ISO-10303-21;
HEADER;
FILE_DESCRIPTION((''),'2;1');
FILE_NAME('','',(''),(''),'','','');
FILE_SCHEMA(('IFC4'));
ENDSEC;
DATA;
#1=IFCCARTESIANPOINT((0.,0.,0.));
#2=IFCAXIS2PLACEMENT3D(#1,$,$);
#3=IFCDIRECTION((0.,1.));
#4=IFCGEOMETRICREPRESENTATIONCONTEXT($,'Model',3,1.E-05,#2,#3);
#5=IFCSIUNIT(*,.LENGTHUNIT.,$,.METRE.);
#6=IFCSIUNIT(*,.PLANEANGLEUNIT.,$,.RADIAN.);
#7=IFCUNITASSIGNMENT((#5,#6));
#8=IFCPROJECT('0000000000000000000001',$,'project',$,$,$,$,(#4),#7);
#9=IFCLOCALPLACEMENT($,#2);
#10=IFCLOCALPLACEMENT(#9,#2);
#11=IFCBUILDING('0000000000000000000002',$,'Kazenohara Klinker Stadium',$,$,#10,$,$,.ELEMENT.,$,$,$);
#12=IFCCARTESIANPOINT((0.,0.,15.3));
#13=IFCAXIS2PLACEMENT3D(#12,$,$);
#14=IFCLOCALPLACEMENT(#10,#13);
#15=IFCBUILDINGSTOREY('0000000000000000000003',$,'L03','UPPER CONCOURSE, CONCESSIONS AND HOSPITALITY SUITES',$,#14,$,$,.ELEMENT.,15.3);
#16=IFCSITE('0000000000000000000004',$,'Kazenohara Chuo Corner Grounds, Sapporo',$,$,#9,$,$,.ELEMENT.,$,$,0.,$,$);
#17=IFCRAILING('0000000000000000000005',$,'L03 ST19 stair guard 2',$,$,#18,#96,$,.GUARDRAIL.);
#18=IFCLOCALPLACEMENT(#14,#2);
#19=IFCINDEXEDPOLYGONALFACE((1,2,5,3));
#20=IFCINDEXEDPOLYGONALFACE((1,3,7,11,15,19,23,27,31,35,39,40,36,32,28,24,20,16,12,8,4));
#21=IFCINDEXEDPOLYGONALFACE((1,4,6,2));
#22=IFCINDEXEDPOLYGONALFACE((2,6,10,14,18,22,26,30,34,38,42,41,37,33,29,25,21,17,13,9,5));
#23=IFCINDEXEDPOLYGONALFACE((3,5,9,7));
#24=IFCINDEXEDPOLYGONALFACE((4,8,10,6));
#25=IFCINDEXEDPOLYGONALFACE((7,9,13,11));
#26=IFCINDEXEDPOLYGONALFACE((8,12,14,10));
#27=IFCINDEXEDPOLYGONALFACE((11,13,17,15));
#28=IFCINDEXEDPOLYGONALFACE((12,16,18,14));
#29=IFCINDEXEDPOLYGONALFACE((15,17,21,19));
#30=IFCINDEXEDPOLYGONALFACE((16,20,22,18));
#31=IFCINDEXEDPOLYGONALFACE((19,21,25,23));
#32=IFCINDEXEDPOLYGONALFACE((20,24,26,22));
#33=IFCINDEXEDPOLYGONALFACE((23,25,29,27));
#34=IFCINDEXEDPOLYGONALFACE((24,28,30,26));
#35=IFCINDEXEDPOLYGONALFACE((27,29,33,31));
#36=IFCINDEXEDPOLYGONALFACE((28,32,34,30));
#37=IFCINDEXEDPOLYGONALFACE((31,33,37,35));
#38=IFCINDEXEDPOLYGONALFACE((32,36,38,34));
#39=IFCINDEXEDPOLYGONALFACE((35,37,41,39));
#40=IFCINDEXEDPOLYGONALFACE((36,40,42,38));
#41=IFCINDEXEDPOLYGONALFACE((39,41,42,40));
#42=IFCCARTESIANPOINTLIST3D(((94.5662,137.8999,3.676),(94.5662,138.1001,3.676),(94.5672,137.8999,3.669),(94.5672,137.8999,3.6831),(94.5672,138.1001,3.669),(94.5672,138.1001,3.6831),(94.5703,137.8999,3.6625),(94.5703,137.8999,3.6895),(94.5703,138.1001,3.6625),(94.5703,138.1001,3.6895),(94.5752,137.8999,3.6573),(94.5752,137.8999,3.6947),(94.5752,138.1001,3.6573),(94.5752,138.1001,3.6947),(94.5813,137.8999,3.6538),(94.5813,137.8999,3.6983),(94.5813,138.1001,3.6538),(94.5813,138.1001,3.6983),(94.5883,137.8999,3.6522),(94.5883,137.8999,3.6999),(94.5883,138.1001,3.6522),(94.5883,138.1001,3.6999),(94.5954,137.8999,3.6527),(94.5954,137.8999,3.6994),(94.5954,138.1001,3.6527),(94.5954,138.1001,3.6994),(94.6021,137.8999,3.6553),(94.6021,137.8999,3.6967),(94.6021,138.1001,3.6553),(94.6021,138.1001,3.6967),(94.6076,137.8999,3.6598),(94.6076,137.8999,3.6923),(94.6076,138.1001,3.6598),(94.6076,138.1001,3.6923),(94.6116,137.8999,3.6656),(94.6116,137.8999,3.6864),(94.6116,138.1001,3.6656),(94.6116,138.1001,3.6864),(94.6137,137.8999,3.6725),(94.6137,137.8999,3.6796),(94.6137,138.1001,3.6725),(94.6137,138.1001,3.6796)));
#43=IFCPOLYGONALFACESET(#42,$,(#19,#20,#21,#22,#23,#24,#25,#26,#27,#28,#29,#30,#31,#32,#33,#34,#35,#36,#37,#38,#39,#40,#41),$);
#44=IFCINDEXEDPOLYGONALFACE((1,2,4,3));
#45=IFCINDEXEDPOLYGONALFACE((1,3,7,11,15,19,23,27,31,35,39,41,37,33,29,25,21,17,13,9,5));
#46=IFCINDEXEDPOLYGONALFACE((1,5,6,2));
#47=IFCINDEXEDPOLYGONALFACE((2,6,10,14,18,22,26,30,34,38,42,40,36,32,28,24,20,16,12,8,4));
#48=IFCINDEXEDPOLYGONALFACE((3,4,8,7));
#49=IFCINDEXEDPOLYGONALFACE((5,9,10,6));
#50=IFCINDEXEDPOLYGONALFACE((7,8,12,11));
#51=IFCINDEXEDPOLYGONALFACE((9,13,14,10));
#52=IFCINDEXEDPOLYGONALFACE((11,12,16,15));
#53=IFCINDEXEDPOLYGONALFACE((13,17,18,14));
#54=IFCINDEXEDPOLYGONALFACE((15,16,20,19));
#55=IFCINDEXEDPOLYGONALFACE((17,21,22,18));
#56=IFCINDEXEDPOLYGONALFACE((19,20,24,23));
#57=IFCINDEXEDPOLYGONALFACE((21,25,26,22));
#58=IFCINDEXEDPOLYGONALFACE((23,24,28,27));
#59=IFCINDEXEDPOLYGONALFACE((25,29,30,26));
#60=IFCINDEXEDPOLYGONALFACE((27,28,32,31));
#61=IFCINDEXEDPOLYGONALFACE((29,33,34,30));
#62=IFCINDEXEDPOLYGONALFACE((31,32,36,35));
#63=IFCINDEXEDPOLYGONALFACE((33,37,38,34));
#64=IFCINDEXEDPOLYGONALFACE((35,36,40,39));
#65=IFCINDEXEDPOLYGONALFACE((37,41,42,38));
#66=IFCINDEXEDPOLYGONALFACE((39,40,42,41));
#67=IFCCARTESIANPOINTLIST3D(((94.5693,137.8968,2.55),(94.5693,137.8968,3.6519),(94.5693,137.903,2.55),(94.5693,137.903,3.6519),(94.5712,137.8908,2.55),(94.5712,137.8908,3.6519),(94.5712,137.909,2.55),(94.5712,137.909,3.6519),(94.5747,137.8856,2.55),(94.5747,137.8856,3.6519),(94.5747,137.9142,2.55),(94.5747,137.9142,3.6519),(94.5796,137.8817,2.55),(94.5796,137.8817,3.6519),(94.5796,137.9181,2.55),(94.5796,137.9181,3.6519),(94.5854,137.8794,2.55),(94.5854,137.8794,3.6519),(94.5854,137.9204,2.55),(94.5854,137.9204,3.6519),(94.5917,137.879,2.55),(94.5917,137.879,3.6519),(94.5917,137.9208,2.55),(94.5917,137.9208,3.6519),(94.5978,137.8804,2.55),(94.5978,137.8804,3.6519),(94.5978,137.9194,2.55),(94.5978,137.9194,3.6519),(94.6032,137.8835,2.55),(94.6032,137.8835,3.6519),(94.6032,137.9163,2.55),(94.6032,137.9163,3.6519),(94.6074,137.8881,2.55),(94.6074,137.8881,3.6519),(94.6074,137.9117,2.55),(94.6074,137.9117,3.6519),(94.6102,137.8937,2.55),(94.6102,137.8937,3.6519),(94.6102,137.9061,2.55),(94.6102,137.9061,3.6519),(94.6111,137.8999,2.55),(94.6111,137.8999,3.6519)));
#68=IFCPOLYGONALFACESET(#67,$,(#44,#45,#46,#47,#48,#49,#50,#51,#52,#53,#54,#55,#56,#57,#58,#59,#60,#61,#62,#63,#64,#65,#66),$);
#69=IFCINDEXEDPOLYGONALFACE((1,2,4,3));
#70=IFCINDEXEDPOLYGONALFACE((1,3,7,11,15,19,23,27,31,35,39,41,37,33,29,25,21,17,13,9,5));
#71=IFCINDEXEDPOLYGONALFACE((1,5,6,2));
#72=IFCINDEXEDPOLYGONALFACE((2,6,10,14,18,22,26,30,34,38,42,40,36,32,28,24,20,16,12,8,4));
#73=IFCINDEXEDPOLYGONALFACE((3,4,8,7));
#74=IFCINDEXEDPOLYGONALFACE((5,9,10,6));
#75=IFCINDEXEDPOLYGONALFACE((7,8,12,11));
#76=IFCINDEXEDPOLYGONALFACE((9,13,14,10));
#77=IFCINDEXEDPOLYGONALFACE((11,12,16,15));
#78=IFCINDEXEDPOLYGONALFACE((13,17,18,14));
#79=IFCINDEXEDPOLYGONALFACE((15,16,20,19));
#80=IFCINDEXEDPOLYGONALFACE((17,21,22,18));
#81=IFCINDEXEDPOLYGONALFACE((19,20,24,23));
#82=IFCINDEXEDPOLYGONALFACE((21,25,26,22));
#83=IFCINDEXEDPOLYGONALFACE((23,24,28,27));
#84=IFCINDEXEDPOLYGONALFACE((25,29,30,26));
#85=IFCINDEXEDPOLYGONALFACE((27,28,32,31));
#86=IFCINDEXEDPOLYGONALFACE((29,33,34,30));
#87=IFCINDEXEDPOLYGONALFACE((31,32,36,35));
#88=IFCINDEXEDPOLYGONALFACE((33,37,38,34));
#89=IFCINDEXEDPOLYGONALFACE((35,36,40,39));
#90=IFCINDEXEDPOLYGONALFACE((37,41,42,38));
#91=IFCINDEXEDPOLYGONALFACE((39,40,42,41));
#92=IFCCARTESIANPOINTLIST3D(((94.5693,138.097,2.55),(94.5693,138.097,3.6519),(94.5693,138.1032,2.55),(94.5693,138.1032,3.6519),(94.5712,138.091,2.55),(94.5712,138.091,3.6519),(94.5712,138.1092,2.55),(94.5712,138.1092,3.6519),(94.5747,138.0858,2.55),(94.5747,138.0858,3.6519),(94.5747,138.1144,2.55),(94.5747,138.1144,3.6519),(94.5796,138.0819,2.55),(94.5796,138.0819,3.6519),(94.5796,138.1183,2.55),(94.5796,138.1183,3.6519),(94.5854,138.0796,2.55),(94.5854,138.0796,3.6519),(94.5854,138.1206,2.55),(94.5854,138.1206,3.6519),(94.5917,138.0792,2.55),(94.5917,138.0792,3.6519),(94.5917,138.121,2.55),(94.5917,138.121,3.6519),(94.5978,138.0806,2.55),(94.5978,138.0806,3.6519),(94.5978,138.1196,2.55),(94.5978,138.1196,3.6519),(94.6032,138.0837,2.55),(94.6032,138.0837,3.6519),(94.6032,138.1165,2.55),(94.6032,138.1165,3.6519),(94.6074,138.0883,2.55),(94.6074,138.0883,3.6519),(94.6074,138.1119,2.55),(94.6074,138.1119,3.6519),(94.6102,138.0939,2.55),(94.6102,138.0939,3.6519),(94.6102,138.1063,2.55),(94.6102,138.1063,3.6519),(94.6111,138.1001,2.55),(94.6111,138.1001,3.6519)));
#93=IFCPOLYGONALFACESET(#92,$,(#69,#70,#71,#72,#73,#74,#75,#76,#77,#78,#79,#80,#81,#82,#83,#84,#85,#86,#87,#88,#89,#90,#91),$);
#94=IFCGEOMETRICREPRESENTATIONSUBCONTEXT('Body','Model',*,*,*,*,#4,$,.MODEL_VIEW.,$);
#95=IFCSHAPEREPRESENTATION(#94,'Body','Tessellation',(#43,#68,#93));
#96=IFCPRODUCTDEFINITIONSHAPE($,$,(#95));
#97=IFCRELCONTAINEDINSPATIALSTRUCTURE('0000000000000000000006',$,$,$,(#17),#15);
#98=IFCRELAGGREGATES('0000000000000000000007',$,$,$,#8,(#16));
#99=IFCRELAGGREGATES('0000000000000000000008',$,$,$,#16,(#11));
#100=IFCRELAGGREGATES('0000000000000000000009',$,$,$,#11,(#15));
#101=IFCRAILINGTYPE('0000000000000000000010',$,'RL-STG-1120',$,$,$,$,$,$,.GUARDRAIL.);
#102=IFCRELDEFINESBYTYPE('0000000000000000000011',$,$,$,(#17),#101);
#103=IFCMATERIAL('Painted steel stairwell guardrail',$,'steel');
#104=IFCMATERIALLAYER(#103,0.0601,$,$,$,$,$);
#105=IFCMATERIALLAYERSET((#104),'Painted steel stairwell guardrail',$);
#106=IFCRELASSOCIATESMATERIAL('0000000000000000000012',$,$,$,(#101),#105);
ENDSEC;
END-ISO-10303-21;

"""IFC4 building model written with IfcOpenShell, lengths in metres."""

from ifc_helpers import new_model, si_unit, direction, frame, origin, origin_2d, place, context, subcontext, project, spatial, circle, extrude, material, layer, layer_set, type_object, element, save


model = new_model("IFC4")

# Units and contexts
model_context = context("Model", 3, precision=1e-05, world=origin(), true_north=direction((0.0, 1.0)))
body_context = subcontext(model_context, "Body", "Model", "MODEL_VIEW")
ifc_project = project(units=[si_unit("LENGTHUNIT", "METRE"), si_unit("PLANEANGLEUNIT", "RADIAN")], contexts=[model_context])

# Site, building, storey
site_placement = place(None, origin())
site = spatial("IfcSite", under=ifc_project, at=site_placement, Name="Kazenohara Chuo Corner Grounds, Sapporo", CompositionType="ELEMENT", RefElevation=0.0)
building_placement = place(site_placement, origin())
building = spatial("IfcBuilding", under=site, at=building_placement, Name="Kazenohara Klinker Stadium", CompositionType="ELEMENT")
storey_placement = place(building_placement, frame((0.0, 0.0, 15.3)))
storey = spatial("IfcBuildingStorey", under=building, at=storey_placement, Name="L03", Description="UPPER CONCOURSE, CONCESSIONS AND HOSPITALITY SUITES", CompositionType="ELEMENT", Elevation=15.3)

# Railing
ifc_material_1 = material(Name="Painted steel stairwell guardrail", Category="steel")
ifc_layer_1 = layer(ifc_material_1, 0.0601)
ifc_layer_set_1 = layer_set([ifc_layer_1], Name="Painted steel stairwell guardrail")
railing_type_1 = type_object("IfcRailingType", Name="RL-STG-1120", PredefinedType="GUARDRAIL", material=ifc_layer_set_1)
railing_1_placement = place(storey_placement, frame((94.5901, 137.8999, 2.55)))
element("IfcRailing", 1, at=railing_1_placement, inside=storey, type_object=railing_type_1, Name="L03 ST19 stair guard 2", PredefinedType="GUARDRAIL", context=body_context, shape_type="SweptSolid", body=[
    extrude(circle(Radius=0.0239, at=origin_2d()), frame((0.0, 0.0, 1.126), z_axis=(0.0, 1.0, 0.0), x_axis=(-1.0, 0.0, 0.0)), (0.0, 0.0, 1.0), 0.2002),
    extrude(circle(Radius=0.021, at=origin_2d()), origin(), (0.0, 0.0, 1.0), 1.1018),
    extrude(circle(Radius=0.021, at=origin_2d()), frame((0.0, 0.2002, 0.0)), (0.0, 0.0, 1.0), 1.1018),
])

save(model, "model.ifc")
